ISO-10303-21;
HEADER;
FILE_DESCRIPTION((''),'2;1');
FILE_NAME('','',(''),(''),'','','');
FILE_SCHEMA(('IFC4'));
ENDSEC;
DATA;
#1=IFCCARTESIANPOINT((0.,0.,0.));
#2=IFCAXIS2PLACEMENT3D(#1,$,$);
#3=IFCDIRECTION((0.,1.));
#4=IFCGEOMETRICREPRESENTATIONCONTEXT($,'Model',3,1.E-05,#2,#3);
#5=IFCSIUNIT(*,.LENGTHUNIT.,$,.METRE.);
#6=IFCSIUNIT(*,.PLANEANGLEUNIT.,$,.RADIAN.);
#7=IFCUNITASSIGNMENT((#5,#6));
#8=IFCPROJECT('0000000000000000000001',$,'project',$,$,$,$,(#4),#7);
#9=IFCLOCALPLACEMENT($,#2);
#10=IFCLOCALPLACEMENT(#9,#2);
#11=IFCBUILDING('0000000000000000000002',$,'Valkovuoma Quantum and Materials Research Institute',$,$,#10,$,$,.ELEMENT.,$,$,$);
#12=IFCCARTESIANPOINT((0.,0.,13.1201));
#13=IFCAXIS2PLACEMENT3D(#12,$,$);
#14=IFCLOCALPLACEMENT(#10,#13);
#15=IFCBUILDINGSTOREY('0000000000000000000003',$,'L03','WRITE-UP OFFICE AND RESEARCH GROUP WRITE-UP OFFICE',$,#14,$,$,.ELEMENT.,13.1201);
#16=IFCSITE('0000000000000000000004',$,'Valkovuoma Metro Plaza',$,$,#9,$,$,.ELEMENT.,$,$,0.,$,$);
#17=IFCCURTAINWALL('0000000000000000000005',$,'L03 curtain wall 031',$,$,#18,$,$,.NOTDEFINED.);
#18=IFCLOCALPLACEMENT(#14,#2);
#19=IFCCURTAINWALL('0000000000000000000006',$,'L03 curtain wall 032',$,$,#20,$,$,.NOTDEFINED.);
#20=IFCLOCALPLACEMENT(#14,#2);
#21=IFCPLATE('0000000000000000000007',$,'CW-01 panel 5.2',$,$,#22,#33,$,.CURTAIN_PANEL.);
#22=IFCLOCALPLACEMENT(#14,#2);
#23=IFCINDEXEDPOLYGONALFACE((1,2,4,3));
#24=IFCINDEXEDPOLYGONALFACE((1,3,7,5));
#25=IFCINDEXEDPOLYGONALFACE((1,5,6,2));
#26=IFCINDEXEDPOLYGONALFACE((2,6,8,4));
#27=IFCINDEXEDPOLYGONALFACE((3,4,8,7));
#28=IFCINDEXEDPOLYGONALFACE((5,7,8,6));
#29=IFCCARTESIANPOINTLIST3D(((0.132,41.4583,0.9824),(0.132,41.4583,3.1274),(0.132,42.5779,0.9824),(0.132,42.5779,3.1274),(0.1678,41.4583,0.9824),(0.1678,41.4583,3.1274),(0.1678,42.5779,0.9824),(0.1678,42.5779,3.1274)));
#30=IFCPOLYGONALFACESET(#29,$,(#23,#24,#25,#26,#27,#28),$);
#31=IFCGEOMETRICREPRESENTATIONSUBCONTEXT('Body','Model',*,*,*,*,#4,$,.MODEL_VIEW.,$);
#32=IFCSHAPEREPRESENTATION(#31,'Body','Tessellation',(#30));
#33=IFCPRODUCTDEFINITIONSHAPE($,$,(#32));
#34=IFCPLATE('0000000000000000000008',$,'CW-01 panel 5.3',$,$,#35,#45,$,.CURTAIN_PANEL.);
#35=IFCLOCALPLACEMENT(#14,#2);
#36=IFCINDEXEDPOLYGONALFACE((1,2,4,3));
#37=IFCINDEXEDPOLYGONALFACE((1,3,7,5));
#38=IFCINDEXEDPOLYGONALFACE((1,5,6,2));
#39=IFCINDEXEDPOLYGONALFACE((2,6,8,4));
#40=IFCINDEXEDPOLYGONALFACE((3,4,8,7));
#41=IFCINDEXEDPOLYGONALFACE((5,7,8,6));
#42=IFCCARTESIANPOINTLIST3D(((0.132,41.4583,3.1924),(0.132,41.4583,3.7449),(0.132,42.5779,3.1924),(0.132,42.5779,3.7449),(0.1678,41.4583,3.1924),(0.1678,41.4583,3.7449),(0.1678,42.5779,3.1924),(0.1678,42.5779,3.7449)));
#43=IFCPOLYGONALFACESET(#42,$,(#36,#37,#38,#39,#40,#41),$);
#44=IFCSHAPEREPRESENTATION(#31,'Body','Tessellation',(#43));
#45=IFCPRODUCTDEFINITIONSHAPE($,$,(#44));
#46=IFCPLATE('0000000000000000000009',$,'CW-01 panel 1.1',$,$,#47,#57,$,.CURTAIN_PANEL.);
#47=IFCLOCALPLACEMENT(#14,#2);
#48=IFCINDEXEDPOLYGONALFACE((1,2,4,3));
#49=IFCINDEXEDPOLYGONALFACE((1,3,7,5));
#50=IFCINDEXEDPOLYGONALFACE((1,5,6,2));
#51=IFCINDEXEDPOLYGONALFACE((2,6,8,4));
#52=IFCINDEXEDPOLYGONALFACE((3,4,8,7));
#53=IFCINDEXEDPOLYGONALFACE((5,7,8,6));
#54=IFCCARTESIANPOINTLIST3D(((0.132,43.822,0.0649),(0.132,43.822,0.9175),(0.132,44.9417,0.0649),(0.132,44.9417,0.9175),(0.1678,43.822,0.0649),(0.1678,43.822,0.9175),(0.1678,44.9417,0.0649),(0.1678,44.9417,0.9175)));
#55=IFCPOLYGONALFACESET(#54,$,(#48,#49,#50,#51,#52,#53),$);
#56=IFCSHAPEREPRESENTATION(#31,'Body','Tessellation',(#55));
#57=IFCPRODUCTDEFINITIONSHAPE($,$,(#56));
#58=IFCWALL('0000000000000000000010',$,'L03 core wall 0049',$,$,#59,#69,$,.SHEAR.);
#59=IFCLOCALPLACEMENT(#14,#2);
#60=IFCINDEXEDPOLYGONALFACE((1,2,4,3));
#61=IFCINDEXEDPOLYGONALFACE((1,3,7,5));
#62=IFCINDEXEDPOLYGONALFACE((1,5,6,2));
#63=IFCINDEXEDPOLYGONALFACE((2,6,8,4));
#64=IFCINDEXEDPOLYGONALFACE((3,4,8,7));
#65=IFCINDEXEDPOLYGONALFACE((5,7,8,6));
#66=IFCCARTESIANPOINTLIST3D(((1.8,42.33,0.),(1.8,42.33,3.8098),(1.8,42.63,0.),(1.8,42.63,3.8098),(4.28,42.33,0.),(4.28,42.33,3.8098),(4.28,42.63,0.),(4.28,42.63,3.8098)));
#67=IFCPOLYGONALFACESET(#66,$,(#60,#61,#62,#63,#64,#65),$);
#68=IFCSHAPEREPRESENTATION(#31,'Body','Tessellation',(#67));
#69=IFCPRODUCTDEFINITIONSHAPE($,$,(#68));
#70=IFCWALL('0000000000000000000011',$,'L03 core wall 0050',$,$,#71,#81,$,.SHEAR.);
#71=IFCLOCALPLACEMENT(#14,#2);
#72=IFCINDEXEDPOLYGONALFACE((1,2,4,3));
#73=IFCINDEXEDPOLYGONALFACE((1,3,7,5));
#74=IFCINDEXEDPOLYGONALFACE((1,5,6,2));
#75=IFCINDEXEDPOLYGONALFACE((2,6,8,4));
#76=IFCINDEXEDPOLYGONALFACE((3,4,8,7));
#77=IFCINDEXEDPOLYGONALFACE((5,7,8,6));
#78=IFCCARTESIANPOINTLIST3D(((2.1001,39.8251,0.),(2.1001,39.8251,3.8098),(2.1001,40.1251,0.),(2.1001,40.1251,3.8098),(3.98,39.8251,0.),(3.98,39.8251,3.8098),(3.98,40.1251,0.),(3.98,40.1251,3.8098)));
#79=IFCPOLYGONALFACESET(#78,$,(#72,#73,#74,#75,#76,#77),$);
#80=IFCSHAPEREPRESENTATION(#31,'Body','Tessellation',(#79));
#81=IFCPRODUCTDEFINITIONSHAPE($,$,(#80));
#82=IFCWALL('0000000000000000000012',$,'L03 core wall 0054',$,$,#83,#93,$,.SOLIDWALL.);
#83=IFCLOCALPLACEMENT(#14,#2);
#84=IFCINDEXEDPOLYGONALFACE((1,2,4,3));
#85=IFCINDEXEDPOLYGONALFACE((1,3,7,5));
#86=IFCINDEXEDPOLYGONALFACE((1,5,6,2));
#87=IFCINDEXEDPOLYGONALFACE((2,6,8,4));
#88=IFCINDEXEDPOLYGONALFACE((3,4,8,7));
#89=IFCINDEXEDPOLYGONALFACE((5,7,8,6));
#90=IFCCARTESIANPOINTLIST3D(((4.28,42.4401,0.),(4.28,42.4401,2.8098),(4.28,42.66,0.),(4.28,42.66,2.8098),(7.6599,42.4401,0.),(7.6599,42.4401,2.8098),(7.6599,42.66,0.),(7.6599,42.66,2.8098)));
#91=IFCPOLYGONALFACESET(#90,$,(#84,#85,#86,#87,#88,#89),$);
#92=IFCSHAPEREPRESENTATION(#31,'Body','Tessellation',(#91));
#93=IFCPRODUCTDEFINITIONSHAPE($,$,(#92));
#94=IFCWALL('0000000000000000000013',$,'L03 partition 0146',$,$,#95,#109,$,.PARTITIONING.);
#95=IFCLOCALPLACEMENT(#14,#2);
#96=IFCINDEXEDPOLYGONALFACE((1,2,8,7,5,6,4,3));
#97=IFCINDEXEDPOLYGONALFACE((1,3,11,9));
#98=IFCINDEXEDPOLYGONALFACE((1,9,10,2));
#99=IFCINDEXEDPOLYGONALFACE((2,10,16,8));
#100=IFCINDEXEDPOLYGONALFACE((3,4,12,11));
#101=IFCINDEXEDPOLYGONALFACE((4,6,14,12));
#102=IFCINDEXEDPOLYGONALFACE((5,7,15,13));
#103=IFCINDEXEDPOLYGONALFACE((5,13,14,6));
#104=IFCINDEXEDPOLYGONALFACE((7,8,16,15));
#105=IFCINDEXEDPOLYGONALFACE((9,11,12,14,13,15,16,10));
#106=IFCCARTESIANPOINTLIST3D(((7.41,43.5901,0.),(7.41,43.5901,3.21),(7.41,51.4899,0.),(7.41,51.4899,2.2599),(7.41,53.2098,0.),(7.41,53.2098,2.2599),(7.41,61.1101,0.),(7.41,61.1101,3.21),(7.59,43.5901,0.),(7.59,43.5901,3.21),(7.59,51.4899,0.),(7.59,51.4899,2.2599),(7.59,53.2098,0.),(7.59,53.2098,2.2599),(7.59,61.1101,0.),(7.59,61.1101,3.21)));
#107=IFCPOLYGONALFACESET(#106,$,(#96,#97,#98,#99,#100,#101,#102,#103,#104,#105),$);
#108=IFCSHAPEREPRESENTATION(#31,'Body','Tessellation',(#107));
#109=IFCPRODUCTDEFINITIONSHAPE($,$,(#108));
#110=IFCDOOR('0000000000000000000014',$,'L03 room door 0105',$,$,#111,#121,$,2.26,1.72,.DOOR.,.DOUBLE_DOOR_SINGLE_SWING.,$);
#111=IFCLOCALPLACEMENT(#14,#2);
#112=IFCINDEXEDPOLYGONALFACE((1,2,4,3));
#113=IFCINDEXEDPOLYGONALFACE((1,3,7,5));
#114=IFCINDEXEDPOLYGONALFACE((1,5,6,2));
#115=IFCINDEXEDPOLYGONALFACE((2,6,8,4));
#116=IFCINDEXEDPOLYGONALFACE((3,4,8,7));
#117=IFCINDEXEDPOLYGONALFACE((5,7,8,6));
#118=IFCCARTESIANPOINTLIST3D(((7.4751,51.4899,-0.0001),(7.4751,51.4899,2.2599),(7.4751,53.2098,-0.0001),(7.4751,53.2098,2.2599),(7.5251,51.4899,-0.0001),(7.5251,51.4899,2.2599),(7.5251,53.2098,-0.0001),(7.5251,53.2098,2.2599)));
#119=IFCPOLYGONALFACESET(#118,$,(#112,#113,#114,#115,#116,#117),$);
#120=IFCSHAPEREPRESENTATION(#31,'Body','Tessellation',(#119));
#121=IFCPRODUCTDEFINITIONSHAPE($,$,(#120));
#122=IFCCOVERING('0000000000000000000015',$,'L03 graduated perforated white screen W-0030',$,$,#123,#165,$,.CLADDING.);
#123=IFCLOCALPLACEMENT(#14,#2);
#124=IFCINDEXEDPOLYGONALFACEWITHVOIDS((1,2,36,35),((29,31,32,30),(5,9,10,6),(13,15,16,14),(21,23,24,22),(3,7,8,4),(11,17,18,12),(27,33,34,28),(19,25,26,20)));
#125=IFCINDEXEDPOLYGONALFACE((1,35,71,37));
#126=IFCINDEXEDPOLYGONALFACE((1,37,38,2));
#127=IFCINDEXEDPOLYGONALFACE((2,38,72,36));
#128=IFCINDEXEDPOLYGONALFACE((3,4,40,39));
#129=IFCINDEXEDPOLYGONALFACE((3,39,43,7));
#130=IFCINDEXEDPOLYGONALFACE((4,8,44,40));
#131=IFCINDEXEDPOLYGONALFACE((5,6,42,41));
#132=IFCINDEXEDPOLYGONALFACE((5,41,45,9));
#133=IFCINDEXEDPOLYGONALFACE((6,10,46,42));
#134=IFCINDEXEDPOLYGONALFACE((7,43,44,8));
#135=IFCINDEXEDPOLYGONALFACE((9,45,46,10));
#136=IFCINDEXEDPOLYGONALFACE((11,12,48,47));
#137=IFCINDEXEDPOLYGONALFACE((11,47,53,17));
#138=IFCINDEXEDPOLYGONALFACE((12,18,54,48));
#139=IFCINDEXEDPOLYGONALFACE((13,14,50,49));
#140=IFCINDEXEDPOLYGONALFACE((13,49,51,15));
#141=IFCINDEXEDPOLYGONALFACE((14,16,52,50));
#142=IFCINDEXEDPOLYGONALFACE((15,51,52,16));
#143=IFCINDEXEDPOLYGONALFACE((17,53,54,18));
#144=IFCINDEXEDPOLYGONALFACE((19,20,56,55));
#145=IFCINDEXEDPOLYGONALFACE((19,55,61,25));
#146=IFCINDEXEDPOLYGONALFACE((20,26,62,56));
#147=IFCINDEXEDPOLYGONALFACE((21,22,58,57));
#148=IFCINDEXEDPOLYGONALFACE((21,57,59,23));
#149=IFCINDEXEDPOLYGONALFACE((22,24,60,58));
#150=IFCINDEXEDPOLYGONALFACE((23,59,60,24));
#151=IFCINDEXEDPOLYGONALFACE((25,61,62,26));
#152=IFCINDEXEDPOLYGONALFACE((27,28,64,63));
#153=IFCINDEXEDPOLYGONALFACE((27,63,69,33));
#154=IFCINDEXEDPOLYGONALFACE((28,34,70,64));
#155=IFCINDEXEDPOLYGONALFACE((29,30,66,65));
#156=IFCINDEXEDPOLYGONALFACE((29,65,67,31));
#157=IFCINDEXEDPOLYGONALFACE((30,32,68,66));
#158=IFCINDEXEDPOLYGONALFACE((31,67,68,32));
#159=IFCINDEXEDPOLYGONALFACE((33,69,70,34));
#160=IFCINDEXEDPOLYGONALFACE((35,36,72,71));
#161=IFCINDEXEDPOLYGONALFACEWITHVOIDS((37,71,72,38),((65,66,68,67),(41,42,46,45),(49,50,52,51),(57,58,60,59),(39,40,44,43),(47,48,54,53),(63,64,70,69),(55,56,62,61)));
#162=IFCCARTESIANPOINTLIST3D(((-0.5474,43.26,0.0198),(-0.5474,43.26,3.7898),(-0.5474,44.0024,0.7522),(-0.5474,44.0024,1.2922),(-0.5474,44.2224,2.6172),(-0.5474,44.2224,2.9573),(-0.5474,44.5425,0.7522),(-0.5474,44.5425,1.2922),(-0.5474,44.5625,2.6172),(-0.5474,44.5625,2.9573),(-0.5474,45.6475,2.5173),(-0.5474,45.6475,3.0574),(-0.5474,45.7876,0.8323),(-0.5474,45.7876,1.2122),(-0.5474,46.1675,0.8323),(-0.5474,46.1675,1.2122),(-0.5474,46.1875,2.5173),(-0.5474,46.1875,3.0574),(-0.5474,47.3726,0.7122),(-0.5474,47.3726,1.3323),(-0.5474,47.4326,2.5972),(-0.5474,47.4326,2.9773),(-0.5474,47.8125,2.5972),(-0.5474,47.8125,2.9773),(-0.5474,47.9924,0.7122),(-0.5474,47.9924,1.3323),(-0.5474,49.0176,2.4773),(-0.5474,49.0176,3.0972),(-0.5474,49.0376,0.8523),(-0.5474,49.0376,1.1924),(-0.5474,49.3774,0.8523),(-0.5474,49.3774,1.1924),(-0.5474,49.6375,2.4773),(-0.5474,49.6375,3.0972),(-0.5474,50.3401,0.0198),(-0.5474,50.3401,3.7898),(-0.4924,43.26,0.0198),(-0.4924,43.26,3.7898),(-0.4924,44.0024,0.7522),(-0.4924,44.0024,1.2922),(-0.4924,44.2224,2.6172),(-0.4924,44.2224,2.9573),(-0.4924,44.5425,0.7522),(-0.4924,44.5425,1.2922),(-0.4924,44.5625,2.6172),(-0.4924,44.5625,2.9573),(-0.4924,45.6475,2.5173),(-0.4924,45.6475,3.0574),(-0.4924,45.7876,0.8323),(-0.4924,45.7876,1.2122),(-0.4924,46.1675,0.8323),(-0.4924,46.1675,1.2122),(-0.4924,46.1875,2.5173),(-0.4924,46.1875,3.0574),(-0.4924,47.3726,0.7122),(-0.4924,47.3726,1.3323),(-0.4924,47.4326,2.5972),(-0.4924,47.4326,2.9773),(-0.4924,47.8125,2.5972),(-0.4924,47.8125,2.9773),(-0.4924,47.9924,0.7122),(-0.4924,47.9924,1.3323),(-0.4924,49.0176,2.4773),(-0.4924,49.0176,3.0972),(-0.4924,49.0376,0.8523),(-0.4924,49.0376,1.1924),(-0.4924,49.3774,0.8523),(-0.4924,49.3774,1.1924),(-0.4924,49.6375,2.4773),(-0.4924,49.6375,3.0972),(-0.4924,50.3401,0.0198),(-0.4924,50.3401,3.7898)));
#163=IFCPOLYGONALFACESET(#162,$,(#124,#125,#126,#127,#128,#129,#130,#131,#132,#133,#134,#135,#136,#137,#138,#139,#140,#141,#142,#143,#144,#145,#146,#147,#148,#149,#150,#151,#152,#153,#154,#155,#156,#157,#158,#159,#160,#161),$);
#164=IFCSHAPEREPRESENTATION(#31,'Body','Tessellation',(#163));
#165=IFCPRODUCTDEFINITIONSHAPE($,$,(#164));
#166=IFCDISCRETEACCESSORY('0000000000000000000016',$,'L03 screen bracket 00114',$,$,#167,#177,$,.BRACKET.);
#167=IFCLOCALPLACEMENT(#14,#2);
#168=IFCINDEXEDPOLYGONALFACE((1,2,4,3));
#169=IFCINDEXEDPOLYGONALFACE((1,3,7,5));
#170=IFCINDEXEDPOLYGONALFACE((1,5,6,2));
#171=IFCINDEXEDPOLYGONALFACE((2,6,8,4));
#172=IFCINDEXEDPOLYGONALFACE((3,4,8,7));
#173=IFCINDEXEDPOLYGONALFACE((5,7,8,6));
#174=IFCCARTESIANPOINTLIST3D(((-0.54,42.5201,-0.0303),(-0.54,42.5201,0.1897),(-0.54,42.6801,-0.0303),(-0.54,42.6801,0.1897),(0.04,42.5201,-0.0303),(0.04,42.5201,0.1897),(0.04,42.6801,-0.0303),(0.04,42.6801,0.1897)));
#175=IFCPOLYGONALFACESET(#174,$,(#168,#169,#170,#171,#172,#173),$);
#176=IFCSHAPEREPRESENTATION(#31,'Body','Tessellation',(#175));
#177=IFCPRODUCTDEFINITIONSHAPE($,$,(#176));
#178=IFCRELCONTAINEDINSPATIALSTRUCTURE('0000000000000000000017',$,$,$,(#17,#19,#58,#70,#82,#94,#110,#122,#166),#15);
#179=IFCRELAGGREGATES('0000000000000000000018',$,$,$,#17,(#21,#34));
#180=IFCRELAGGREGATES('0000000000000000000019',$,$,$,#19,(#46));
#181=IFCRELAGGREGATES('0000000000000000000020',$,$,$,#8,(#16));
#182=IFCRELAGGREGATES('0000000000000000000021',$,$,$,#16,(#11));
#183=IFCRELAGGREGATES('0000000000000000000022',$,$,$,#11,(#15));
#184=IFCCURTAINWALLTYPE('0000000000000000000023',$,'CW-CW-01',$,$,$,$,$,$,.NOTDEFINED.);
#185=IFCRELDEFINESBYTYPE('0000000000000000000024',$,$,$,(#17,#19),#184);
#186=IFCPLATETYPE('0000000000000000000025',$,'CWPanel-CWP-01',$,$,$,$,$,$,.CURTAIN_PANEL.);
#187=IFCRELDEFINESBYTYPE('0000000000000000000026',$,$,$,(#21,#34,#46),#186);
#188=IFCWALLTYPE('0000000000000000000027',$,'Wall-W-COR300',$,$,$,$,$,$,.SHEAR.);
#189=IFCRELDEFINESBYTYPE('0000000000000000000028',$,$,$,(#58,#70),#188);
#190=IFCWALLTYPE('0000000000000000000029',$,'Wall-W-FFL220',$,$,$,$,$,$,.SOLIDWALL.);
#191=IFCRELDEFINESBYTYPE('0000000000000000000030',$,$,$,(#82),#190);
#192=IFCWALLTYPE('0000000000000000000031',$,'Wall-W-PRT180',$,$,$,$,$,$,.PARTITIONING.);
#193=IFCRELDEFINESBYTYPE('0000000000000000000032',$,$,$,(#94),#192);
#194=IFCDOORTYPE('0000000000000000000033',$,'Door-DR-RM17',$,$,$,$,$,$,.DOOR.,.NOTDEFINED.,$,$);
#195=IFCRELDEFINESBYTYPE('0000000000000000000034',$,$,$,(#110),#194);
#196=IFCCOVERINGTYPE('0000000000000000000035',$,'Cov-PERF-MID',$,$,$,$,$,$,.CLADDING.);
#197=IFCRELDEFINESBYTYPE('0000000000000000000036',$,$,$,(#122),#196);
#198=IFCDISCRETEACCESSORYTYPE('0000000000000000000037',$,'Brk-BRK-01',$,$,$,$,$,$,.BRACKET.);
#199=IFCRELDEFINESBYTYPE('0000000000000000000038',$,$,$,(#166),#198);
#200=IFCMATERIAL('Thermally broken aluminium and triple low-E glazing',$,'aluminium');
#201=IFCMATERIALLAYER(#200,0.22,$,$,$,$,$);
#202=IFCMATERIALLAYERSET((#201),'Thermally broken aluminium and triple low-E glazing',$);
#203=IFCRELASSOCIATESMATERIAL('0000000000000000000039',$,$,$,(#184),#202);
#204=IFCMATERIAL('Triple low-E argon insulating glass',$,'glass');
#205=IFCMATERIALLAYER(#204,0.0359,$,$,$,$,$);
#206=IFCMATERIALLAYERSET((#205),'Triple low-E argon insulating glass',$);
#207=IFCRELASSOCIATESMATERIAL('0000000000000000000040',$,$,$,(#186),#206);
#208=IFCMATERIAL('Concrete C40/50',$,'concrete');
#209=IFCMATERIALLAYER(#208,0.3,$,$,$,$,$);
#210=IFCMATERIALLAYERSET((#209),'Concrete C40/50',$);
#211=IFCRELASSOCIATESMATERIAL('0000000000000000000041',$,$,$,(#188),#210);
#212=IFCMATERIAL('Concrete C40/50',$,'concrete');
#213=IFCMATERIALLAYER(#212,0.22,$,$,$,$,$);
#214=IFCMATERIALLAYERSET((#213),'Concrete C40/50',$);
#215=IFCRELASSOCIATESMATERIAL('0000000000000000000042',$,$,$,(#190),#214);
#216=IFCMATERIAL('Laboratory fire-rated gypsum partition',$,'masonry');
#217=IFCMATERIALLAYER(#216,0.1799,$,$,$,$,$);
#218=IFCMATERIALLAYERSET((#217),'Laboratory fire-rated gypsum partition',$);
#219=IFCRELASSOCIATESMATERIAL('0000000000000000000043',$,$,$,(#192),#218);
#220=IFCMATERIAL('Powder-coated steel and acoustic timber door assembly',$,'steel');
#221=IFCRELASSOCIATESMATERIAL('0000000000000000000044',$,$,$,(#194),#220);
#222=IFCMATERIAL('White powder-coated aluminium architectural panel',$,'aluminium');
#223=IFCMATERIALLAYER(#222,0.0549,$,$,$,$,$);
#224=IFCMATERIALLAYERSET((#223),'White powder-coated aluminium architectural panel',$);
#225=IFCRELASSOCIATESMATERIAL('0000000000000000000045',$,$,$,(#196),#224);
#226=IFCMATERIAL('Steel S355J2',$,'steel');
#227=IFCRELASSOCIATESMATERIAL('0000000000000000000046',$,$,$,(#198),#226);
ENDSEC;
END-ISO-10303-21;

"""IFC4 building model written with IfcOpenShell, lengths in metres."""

from ifc_helpers import new_model, si_unit, direction, frame, frame_2d, origin, origin_2d, place, context, subcontext, project, spatial, polyline, rectangle, outline, extrude, material, layer, layer_set, type_object, element, fill, aggregate, save


model = new_model("IFC4")

# Units and contexts
model_context = context("Model", 3, precision=1e-05, world=origin(), true_north=direction((0.0, 1.0)))
body_context = subcontext(model_context, "Body", "Model", "MODEL_VIEW")
ifc_project = project(units=[si_unit("LENGTHUNIT", "METRE"), si_unit("PLANEANGLEUNIT", "RADIAN")], contexts=[model_context])

# Site, building, storey
site_placement = place(None, origin())
site = spatial("IfcSite", under=ifc_project, at=site_placement, Name="Valkovuoma Metro Plaza", CompositionType="ELEMENT", RefElevation=0.0)
building_placement = place(site_placement, origin())
building = spatial("IfcBuilding", under=site, at=building_placement, Name="Valkovuoma Quantum and Materials Research Institute", CompositionType="ELEMENT")
storey_placement = place(building_placement, frame((0.0, 0.0, 13.1201)))
storey = spatial("IfcBuildingStorey", under=building, at=storey_placement, Name="L03", Description="WRITE-UP OFFICE AND RESEARCH GROUP WRITE-UP OFFICE", CompositionType="ELEMENT", Elevation=13.1201)

# Curtain wall
ifc_material_1 = material(Name="Thermally broken aluminium and triple low-E glazing", Category="aluminium")
ifc_layer_1 = layer(ifc_material_1, 0.22)
ifc_layer_set_1 = layer_set([ifc_layer_1], Name="Thermally broken aluminium and triple low-E glazing")
curtain_wall_type = type_object("IfcCurtainWallType", Name="CW-CW-01", PredefinedType="NOTDEFINED", material=ifc_layer_set_1)
curtain_wall_1_placement = place(storey_placement, origin())
curtain_wall_1 = element("IfcCurtainWall", 1, at=curtain_wall_1_placement, inside=storey, type_object=curtain_wall_type, Name="L03 curtain wall 031", PredefinedType="NOTDEFINED")

# Curtain wall
curtain_wall_2_placement = place(storey_placement, origin())
curtain_wall_2 = element("IfcCurtainWall", 2, at=curtain_wall_2_placement, inside=storey, type_object=curtain_wall_type, Name="L03 curtain wall 032", PredefinedType="NOTDEFINED")

# Plates
ifc_material_2 = material(Name="Triple low-E argon insulating glass", Category="glass")
ifc_layer_2 = layer(ifc_material_2, 0.0359)
ifc_layer_set_2 = layer_set([ifc_layer_2], Name="Triple low-E argon insulating glass")
plate_type = type_object("IfcPlateType", Name="CWPanel-CWP-01", PredefinedType="CURTAIN_PANEL", material=ifc_layer_set_2)
plate_1_placement = place(storey_placement, frame((0.1499, 42.0181, 0.9824), z_axis=(0.0, 0.0, 1.0), x_axis=(0.0, 1.0, 0.0)))
plate_1 = element("IfcPlate", 3, at=plate_1_placement, type_object=plate_type, Name="CW-01 panel 5.2", PredefinedType="CURTAIN_PANEL", context=body_context, shape_type="SweptSolid", body=[
    extrude(rectangle(XDim=1.1196, YDim=0.0359, at=origin_2d()), origin(), (0.0, 0.0, 1.0), 2.145),
])
plate_2_placement = place(storey_placement, frame((0.1499, 42.0181, 3.1924), z_axis=(0.0, 0.0, 1.0), x_axis=(0.0, 1.0, 0.0)))
plate_2 = element("IfcPlate", 4, at=plate_2_placement, type_object=plate_type, Name="CW-01 panel 5.3", PredefinedType="CURTAIN_PANEL", context=body_context, shape_type="SweptSolid", body=[
    extrude(rectangle(XDim=1.1196, YDim=0.0359, at=origin_2d()), origin(), (0.0, 0.0, 1.0), 0.5525),
])
aggregate(curtain_wall_1, [plate_1, plate_2])
plate_3_placement = place(storey_placement, frame((0.1499, 44.3818, 0.0649), z_axis=(0.0, 0.0, 1.0), x_axis=(0.0, 1.0, 0.0)))
plate_3 = element("IfcPlate", 5, at=plate_3_placement, type_object=plate_type, Name="CW-01 panel 1.1", PredefinedType="CURTAIN_PANEL", context=body_context, shape_type="SweptSolid", body=[
    extrude(rectangle(XDim=1.1196, YDim=0.0359, at=origin_2d()), origin(), (0.0, 0.0, 1.0), 0.8525),
])
aggregate(curtain_wall_2, [plate_3])

# Walls
ifc_material_3 = material(Name="Concrete C40/50", Category="concrete")
ifc_layer_3 = layer(ifc_material_3, 0.3)
ifc_layer_set_3 = layer_set([ifc_layer_3], Name="Concrete C40/50")
wall_type_1 = type_object("IfcWallType", Name="Wall-W-COR300", PredefinedType="SHEAR", material=ifc_layer_set_3)
wall_1_placement = place(storey_placement, frame((1.8, 42.48, 0.0), z_axis=(0.0, 0.0, 1.0), x_axis=(1.0, 0.0, 0.0)))
element("IfcWall", 6, at=wall_1_placement, inside=storey, type_object=wall_type_1, Name="L03 core wall 0049", PredefinedType="SHEAR", context=body_context, shape_type="SweptSolid", body=[
    extrude(rectangle(XDim=2.48, YDim=0.3, at=frame_2d((1.24, 0.0))), origin(), (0.0, 0.0, 1.0), 3.8098),
])
wall_2_placement = place(storey_placement, frame((2.1001, 39.9751, 0.0), z_axis=(0.0, 0.0, 1.0), x_axis=(1.0, 0.0, 0.0)))
element("IfcWall", 7, at=wall_2_placement, inside=storey, type_object=wall_type_1, Name="L03 core wall 0050", PredefinedType="SHEAR", context=body_context, shape_type="SweptSolid", body=[
    extrude(rectangle(XDim=1.8799, YDim=0.3, at=frame_2d((0.9399, 0.0))), origin(), (0.0, 0.0, 1.0), 3.8098),
])
ifc_material_4 = material(Name="Concrete C40/50", Category="concrete")
ifc_layer_4 = layer(ifc_material_4, 0.22)
ifc_layer_set_4 = layer_set([ifc_layer_4], Name="Concrete C40/50")
wall_type_2 = type_object("IfcWallType", Name="Wall-W-FFL220", PredefinedType="SOLIDWALL", material=ifc_layer_set_4)
wall_3_placement = place(storey_placement, frame((4.28, 42.55, 0.0), z_axis=(0.0, 0.0, 1.0), x_axis=(1.0, 0.0, 0.0)))
element("IfcWall", 8, at=wall_3_placement, inside=storey, type_object=wall_type_2, Name="L03 core wall 0054", PredefinedType="SOLIDWALL", context=body_context, shape_type="SweptSolid", body=[
    extrude(rectangle(XDim=3.3799, YDim=0.22, at=frame_2d((1.6899, 0.0))), origin(), (0.0, 0.0, 1.0), 2.8098),
])

# Wall, opening, door
ifc_material_5 = material(Name="Laboratory fire-rated gypsum partition", Category="masonry")
ifc_layer_5 = layer(ifc_material_5, 0.1799)
ifc_layer_set_5 = layer_set([ifc_layer_5], Name="Laboratory fire-rated gypsum partition")
wall_type_3 = type_object("IfcWallType", Name="Wall-W-PRT180", PredefinedType="PARTITIONING", material=ifc_layer_set_5)
wall_4_placement = place(storey_placement, frame((7.5, 43.5901, 0.0), z_axis=(0.0, 0.0, 1.0), x_axis=(0.0, 1.0, 0.0)))
wall_4 = element("IfcWall", 9, at=wall_4_placement, inside=storey, type_object=wall_type_3, Name="L03 partition 0146", PredefinedType="PARTITIONING", context=body_context, shape_type="SweptSolid", body=[
    extrude(rectangle(XDim=17.52, YDim=0.1799, at=frame_2d((8.76, 0.0))), origin(), (0.0, 0.0, 1.0), 3.21),
])
opening_placement = place(wall_4_placement, frame((7.8999, 0.0, 0.0)))
opening = element("IfcOpeningElement", 10, at=opening_placement, cuts=wall_4, PredefinedType="OPENING", context=body_context, shape_type="SweptSolid", body=[
    extrude(rectangle(XDim=1.72, YDim=2.26, at=frame_2d((0.8599, 1.1299))), frame((0.0, 0.1001, 0.0), z_axis=(0.0, -1.0, 0.0), x_axis=(1.0, 0.0, 0.0)), (0.0, 0.0, 1.0), 0.2),
])
ifc_material_6 = material(Name="Powder-coated steel and acoustic timber door assembly", Category="steel")
door_type = type_object("IfcDoorType", Name="Door-DR-RM17", OperationType="NOTDEFINED", PredefinedType="DOOR", material=ifc_material_6)
door_placement = place(opening_placement, origin())
door = element("IfcDoor", 11, at=door_placement, inside=storey, type_object=door_type, Name="L03 room door 0105", OperationType="DOUBLE_DOOR_SINGLE_SWING", OverallHeight=2.26, OverallWidth=1.72, PredefinedType="DOOR", context=body_context, shape_type="SweptSolid", body=[
    extrude(rectangle(XDim=1.72, YDim=2.26, at=frame_2d((0.8599, 1.1299))), frame((0.0, 0.0249, 0.0), z_axis=(0.0, -1.0, 0.0), x_axis=(1.0, 0.0, 0.0)), (0.0, 0.0, 1.0), 0.05),
])
fill(opening, door)

# Covering
ifc_material_7 = material(Name="White powder-coated aluminium architectural panel", Category="aluminium")
ifc_layer_6 = layer(ifc_material_7, 0.0549)
ifc_layer_set_6 = layer_set([ifc_layer_6], Name="White powder-coated aluminium architectural panel")
covering_type = type_object("IfcCoveringType", Name="Cov-PERF-MID", PredefinedType="CLADDING", material=ifc_layer_set_6)
covering_placement = place(storey_placement, frame((-0.52, 43.26, 0.0198), z_axis=(0.0, 0.0, 1.0), x_axis=(0.0, 1.0, 0.0)))
element("IfcCovering", 12, at=covering_placement, inside=storey, type_object=covering_type, Name="L03 graduated perforated white screen W-0030", PredefinedType="CLADDING", context=body_context, shape_type="SweptSolid", body=[
    extrude(outline(polyline([(0.0, 0.0), (7.0801, 0.0), (7.0801, 3.77), (0.0, 3.77), (0.0, 0.0)]), holes=[polyline([(0.7424, 0.7324), (0.7424, 1.2725), (1.2825, 1.2725), (1.2825, 0.7324), (0.7424, 0.7324)]), polyline([(0.9624, 2.5974), (0.9624, 2.9375), (1.3025, 2.9375), (1.3025, 2.5974), (0.9624, 2.5974)]), polyline([(2.5276, 0.8125), (2.5276, 1.1924), (2.9075, 1.1924), (2.9075, 0.8125), (2.5276, 0.8125)]), polyline([(2.3875, 2.4976), (2.3875, 3.0376), (2.9275, 3.0376), (2.9275, 2.4976), (2.3875, 2.4976)]), polyline([(4.1125, 0.6924), (4.1125, 1.3125), (4.7324, 1.3125), (4.7324, 0.6924), (4.1125, 0.6924)]), polyline([(4.1726, 2.5774), (4.1726, 2.9575), (4.5525, 2.9575), (4.5525, 2.5774), (4.1726, 2.5774)]), polyline([(5.7776, 0.8325), (5.7776, 1.1726), (6.1174, 1.1726), (6.1174, 0.8325), (5.7776, 0.8325)]), polyline([(5.7576, 2.4575), (5.7576, 3.0774), (6.3774, 3.0774), (6.3774, 2.4575), (5.7576, 2.4575)])]), frame((0.0, 0.0273, 0.0), z_axis=(0.0, -1.0, 0.0), x_axis=(1.0, 0.0, 0.0)), (0.0, 0.0, 1.0), 0.0549),
])

# Discrete accessory
ifc_material_8 = material(Name="Steel S355J2", Category="steel")
discrete_accessory_type = type_object("IfcDiscreteAccessoryType", Name="Brk-BRK-01", PredefinedType="BRACKET", material=ifc_material_8)
for number, where, z_axis, x_axis, name in (
    (13, (-0.25, 42.6001, -0.0303), (0.0, 0.0, 1.0), (1.0, 0.0, 0.0), "L03 screen bracket 00114"),
):
    element("IfcDiscreteAccessory", number, at=place(storey_placement, frame(where, z_axis=z_axis, x_axis=x_axis)), inside=storey, type_object=discrete_accessory_type, Name=name, PredefinedType="BRACKET", context=body_context, shape_type="SweptSolid", body=[
        extrude(rectangle(XDim=0.5801, YDim=0.1599, at=origin_2d()), origin(), (0.0, 0.0, 1.0), 0.22),
    ])

save(model, "model.ifc")
